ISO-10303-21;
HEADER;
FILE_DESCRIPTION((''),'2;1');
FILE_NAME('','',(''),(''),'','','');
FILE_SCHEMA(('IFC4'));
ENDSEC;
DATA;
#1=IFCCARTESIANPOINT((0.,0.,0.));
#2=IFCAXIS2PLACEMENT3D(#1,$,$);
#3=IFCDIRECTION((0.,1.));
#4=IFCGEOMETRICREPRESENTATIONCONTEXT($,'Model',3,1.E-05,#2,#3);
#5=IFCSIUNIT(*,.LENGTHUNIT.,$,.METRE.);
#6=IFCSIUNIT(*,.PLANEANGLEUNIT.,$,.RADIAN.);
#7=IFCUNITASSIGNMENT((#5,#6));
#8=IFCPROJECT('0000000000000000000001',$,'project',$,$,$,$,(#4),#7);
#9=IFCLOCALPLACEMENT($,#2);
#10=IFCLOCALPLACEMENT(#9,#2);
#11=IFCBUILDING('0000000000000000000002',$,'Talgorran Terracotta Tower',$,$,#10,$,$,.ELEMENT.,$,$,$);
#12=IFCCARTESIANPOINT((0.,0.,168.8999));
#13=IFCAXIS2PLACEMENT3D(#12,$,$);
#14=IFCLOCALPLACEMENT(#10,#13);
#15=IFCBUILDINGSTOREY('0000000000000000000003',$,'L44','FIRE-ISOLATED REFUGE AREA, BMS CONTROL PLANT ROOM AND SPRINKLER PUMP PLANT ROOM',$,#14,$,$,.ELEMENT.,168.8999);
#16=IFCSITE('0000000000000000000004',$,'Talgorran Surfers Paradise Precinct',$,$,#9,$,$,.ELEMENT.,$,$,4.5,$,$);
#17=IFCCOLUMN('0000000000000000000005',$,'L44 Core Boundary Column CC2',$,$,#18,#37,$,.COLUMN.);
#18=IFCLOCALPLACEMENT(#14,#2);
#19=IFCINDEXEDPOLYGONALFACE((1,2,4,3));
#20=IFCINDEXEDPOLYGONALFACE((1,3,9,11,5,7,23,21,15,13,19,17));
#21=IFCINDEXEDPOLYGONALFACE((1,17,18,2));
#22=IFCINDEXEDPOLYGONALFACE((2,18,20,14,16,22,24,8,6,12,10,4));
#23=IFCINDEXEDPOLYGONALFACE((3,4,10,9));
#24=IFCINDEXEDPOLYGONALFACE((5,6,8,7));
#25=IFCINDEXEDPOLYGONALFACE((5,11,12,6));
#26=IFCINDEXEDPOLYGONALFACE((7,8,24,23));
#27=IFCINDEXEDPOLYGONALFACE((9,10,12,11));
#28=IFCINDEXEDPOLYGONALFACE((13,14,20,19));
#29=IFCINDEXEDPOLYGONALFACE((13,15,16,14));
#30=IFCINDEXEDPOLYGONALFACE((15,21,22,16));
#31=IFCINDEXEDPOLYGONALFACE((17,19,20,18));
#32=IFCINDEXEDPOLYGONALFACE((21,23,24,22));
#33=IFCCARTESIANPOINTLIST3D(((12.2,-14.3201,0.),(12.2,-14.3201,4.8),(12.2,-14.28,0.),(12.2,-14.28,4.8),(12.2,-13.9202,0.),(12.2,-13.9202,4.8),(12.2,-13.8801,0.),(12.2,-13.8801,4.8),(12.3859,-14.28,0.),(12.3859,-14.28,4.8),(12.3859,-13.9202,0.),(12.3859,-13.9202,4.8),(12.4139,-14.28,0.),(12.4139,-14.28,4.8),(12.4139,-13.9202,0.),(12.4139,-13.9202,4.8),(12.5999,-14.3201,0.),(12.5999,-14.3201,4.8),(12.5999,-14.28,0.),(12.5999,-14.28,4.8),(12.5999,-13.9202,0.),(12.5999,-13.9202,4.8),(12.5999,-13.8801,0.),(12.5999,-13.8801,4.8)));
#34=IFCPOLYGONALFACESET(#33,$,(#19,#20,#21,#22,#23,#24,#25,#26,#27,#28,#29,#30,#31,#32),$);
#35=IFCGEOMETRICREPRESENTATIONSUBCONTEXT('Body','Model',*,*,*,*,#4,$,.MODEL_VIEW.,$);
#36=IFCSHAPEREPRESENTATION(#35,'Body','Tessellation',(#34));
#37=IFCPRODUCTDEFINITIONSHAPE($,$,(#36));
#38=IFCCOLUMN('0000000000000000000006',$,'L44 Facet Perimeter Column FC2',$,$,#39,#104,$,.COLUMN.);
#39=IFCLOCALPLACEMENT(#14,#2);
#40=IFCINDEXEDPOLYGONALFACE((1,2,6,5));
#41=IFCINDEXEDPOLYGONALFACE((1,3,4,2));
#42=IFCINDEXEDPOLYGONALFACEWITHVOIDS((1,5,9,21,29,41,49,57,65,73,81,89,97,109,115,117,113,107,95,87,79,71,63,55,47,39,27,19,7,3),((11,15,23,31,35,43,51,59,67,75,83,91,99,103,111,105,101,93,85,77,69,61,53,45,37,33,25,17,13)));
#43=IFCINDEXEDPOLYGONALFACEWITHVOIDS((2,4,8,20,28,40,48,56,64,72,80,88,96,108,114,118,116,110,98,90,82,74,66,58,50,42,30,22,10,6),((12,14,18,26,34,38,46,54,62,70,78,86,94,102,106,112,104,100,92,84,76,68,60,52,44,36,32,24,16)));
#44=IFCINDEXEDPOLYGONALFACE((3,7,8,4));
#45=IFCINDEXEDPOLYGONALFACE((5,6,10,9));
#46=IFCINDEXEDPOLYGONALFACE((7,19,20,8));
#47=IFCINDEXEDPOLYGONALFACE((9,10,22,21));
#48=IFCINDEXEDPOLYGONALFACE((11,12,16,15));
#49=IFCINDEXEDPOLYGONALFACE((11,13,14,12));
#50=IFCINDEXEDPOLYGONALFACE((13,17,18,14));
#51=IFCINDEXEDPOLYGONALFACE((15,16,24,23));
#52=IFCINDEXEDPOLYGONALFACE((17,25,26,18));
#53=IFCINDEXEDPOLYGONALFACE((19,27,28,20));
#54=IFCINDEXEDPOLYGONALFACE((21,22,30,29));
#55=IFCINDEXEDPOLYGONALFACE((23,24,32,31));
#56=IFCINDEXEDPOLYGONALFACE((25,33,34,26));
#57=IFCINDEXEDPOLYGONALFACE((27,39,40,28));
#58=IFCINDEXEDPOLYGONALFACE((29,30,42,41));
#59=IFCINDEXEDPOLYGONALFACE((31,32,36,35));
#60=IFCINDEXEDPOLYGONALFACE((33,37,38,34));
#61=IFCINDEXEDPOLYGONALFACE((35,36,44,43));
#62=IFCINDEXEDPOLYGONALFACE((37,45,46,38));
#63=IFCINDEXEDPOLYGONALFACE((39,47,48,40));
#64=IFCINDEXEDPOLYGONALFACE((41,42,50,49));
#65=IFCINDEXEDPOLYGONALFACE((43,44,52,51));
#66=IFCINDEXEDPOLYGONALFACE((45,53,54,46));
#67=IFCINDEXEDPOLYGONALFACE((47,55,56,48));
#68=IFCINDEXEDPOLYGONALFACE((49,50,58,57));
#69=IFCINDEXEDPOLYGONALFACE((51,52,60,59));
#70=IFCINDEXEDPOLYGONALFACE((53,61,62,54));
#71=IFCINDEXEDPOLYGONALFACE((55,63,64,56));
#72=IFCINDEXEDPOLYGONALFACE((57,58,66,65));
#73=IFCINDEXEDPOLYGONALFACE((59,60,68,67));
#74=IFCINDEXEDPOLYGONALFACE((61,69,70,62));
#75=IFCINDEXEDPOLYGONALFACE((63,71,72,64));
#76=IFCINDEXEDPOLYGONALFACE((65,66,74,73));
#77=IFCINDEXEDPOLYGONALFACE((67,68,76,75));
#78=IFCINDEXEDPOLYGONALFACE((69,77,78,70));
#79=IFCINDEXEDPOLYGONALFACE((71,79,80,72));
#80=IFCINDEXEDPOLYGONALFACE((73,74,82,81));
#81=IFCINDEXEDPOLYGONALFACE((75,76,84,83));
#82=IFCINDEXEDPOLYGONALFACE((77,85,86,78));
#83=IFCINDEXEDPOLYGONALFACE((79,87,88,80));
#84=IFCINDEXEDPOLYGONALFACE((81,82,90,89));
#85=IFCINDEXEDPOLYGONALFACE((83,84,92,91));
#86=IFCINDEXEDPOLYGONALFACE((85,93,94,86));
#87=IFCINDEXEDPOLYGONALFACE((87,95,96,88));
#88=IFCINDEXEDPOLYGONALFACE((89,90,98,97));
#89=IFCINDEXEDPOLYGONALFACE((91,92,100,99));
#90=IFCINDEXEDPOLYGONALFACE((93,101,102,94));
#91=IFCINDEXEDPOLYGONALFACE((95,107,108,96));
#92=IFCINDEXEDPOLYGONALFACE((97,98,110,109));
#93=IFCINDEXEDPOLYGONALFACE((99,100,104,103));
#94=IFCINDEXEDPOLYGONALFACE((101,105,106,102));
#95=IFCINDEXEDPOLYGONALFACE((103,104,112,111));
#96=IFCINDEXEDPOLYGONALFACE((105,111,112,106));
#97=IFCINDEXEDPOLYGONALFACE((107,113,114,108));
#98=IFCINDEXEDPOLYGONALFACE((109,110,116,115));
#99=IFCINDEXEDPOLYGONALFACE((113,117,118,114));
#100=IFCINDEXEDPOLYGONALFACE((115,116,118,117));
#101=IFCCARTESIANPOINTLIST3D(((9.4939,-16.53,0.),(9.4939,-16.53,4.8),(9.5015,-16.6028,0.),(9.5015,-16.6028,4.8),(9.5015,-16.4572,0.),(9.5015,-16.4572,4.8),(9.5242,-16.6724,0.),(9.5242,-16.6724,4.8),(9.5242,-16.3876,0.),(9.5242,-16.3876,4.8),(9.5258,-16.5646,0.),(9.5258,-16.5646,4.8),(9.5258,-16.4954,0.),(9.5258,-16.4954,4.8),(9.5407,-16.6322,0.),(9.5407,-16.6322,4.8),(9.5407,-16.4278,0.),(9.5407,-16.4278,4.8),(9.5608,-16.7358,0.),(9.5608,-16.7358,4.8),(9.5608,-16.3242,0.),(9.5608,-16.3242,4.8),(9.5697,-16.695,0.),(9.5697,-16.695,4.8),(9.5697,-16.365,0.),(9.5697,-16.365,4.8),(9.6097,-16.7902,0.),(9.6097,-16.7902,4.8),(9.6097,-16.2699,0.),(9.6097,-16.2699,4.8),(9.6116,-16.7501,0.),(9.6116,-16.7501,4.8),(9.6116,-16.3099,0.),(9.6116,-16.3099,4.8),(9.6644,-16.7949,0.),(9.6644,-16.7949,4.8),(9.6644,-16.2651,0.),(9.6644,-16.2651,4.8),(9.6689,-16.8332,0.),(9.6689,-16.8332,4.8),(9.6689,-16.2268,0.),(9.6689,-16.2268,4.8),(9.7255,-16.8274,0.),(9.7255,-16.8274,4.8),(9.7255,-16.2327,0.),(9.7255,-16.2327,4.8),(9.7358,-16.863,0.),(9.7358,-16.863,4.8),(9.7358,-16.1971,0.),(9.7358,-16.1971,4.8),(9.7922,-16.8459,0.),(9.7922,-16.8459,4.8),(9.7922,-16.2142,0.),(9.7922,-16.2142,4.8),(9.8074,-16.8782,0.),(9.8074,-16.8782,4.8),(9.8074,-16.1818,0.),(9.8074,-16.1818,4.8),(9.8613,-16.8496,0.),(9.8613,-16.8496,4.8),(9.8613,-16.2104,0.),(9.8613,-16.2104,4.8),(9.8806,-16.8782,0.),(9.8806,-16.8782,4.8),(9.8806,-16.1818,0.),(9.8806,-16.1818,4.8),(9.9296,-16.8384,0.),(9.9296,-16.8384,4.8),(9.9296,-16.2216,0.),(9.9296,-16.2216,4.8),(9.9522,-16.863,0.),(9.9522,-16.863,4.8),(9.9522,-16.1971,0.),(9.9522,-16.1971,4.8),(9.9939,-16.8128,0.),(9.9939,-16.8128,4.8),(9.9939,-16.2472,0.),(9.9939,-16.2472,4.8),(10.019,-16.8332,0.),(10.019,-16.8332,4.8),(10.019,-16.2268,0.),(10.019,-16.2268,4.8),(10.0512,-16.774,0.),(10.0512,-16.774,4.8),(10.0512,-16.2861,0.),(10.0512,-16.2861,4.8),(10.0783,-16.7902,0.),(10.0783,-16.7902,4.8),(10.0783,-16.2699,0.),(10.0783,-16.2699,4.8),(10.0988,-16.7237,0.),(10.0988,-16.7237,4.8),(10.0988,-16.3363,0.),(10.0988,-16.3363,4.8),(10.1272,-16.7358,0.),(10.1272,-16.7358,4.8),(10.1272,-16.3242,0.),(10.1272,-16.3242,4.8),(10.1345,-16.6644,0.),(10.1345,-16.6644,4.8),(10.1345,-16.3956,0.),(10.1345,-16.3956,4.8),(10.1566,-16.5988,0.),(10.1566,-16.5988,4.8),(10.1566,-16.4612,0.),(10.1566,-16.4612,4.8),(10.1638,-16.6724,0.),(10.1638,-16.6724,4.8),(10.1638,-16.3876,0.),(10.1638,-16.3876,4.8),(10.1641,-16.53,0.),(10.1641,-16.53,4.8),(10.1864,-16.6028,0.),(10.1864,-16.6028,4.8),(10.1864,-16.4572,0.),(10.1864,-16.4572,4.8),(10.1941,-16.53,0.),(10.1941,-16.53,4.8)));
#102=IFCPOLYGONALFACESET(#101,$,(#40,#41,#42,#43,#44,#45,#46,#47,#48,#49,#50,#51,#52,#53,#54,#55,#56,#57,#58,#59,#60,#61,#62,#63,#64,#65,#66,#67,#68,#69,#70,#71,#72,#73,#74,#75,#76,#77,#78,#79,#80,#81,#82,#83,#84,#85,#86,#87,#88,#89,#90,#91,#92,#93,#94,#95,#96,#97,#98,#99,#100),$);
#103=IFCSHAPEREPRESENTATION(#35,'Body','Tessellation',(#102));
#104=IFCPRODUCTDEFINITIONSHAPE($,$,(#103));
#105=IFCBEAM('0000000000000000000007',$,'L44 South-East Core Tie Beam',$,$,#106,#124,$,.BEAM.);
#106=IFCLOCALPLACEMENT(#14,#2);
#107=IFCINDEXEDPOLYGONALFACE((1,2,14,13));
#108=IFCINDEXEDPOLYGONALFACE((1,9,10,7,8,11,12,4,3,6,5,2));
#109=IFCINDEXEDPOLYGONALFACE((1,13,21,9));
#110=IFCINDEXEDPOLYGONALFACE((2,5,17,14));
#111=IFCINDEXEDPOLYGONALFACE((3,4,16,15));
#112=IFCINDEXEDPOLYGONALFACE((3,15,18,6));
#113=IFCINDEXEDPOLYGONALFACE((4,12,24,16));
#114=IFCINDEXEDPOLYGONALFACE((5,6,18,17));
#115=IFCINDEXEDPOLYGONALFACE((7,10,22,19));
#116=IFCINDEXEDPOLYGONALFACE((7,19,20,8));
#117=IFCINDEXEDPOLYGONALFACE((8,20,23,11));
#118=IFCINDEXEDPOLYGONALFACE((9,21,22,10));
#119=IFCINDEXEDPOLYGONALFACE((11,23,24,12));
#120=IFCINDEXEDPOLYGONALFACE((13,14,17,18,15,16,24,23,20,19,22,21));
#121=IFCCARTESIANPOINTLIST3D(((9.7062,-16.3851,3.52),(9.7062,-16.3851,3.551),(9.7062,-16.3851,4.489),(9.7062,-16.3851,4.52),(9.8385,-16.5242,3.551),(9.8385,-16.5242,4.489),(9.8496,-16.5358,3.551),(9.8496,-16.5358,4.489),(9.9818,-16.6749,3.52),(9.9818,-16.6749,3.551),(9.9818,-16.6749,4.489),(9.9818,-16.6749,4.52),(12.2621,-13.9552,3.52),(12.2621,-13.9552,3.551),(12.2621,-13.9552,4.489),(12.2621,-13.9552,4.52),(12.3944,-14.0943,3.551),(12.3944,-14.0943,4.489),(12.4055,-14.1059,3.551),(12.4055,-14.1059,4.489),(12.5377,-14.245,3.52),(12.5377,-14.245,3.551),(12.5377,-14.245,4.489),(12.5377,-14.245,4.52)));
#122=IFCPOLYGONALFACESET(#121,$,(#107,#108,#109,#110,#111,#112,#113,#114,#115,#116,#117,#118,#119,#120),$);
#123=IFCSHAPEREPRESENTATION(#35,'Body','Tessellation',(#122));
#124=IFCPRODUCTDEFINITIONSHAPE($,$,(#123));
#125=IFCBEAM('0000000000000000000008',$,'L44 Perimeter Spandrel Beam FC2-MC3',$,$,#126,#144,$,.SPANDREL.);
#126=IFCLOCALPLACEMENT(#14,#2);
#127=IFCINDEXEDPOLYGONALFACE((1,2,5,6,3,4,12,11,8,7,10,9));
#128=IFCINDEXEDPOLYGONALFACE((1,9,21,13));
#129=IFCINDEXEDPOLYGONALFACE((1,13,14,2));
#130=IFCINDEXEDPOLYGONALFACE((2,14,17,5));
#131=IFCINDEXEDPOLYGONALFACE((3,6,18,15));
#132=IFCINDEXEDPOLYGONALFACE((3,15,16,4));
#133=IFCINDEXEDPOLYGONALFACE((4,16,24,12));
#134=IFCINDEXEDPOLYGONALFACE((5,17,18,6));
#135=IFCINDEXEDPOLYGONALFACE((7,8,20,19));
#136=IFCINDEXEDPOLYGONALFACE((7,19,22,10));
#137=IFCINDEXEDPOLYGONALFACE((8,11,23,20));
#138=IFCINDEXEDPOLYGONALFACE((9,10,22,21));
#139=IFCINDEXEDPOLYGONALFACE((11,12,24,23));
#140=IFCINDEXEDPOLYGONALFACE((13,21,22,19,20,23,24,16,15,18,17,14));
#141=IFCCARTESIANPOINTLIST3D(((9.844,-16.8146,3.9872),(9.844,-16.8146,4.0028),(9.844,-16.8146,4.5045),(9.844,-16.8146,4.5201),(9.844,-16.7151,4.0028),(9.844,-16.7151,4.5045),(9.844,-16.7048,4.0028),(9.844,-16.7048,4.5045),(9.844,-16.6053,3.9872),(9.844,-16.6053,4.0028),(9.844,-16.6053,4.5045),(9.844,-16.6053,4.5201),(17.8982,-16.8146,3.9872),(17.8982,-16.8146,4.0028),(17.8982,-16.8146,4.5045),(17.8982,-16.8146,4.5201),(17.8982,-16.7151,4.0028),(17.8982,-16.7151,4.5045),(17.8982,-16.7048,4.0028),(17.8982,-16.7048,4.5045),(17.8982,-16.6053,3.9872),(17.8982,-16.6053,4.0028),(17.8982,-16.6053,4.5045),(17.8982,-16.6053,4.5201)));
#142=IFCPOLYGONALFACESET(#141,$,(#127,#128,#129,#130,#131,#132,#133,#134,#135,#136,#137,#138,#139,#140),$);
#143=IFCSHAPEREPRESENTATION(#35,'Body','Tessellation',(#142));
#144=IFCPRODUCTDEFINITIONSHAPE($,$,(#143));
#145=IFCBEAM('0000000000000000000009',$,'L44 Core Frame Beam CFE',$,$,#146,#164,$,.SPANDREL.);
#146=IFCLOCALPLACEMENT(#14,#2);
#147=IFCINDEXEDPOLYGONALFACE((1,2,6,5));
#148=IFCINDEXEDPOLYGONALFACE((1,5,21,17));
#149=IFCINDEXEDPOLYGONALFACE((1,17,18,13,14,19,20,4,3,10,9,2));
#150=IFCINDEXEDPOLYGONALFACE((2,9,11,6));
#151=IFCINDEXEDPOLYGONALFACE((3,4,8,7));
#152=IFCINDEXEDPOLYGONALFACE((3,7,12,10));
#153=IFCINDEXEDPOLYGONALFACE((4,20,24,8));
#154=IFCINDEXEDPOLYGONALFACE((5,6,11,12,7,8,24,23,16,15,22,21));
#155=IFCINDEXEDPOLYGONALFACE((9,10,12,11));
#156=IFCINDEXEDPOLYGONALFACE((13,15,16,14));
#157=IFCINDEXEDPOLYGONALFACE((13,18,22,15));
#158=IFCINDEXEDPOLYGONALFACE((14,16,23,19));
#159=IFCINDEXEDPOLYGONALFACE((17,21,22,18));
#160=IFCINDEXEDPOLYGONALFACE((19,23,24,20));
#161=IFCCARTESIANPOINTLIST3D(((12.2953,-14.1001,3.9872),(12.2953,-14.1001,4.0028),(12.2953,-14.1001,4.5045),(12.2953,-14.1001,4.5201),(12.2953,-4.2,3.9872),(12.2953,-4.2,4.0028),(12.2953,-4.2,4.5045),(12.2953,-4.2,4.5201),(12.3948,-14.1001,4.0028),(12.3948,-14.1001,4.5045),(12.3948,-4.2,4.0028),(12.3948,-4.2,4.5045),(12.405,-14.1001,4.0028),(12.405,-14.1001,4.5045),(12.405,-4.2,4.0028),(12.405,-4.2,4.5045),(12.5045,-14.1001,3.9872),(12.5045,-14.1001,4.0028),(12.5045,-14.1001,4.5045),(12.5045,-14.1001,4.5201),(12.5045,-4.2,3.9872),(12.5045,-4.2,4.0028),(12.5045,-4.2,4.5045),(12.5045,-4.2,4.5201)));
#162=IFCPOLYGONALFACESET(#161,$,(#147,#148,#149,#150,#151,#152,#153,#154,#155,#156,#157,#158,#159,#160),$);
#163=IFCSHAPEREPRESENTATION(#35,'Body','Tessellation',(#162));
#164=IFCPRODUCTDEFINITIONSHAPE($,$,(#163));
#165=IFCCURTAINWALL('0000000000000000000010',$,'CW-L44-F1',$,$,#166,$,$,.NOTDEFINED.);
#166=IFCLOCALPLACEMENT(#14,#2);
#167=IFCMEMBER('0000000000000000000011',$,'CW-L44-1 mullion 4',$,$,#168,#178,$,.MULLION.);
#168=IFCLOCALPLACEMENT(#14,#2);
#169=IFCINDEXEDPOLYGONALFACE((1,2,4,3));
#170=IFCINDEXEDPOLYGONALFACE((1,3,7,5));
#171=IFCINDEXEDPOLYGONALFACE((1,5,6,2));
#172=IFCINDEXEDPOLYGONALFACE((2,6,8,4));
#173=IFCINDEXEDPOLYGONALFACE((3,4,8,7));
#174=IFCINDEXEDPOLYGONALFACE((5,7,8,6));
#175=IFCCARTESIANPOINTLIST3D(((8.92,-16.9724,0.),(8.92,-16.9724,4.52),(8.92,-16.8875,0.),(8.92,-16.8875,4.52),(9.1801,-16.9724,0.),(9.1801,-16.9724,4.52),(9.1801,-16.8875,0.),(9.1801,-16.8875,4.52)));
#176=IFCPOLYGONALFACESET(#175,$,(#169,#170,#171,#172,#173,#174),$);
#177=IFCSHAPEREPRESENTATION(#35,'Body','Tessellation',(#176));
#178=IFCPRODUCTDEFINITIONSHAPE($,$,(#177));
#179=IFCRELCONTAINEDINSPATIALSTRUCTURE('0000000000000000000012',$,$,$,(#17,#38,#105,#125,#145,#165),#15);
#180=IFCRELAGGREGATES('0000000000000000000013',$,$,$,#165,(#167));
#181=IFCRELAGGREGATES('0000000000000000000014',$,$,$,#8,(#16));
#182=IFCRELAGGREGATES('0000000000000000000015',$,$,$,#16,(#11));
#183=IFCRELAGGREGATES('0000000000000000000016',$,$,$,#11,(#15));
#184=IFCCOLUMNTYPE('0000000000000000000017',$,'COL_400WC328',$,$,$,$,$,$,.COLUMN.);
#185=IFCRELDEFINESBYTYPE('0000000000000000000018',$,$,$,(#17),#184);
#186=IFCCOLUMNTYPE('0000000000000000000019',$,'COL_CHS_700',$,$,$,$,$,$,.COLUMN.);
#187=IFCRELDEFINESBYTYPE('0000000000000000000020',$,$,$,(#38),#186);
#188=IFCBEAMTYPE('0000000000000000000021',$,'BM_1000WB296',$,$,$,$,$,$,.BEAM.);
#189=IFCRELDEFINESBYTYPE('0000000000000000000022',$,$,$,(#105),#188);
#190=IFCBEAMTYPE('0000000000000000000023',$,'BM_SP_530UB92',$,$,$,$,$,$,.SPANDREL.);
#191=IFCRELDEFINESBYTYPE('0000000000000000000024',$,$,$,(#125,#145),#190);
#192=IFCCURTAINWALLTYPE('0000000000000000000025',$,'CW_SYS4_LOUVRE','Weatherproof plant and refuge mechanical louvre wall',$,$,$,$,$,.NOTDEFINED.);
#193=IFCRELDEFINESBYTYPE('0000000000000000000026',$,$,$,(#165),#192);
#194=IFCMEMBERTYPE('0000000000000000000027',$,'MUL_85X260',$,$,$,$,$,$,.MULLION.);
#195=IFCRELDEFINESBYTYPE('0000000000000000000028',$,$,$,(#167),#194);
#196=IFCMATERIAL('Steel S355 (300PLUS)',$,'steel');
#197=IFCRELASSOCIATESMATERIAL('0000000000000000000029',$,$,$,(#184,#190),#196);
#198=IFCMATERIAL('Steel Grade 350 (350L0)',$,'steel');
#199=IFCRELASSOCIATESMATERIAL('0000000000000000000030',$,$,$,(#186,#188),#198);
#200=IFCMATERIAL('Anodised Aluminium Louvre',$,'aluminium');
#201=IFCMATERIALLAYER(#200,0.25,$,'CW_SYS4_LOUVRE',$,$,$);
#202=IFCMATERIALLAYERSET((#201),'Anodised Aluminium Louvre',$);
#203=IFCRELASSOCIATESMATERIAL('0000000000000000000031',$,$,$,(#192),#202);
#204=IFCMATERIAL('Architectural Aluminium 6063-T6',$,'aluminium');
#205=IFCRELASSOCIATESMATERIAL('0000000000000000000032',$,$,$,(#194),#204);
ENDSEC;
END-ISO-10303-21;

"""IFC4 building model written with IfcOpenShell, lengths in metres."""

from ifc_helpers import new_model, si_unit, direction, frame, origin, origin_2d, place, context, subcontext, project, spatial, rectangle, hollow_circle, i_section, extrude, material, layer, layer_set, material_profile, profile_set, type_object, element, aggregate, save


model = new_model("IFC4")

# Units and contexts
model_context = context("Model", 3, precision=1e-05, world=origin(), true_north=direction((0.0, 1.0)))
body_context = subcontext(model_context, "Body", "Model", "MODEL_VIEW")
ifc_project = project(units=[si_unit("LENGTHUNIT", "METRE"), si_unit("PLANEANGLEUNIT", "RADIAN")], contexts=[model_context])

# Site, building, storey
site_placement = place(None, origin())
site = spatial("IfcSite", under=ifc_project, at=site_placement, Name="Talgorran Surfers Paradise Precinct", CompositionType="ELEMENT", RefElevation=4.5)
building_placement = place(site_placement, origin())
building = spatial("IfcBuilding", under=site, at=building_placement, Name="Talgorran Terracotta Tower", CompositionType="ELEMENT")
storey_placement = place(building_placement, frame((0.0, 0.0, 168.8999)))
storey = spatial("IfcBuildingStorey", under=building, at=storey_placement, Name="L44", Description="FIRE-ISOLATED REFUGE AREA, BMS CONTROL PLANT ROOM AND SPRINKLER PUMP PLANT ROOM", CompositionType="ELEMENT", Elevation=168.8999)

# Columns
ifc_material_1 = material(Name="Steel S355 (300PLUS)", Category="steel")
ifc_material_profile_1 = material_profile(ifc_material_1, i_section(OverallWidth=0.3999, OverallDepth=0.4399, WebThickness=0.0281, FlangeThickness=0.04, at=origin_2d()), Name="400WC328")
ifc_profile_set_1 = profile_set([ifc_material_profile_1], Name="Steel S355 (300PLUS)")
column_type_1 = type_object("IfcColumnType", Name="COL_400WC328", PredefinedType="COLUMN", material=ifc_profile_set_1)
column_1_placement = place(storey_placement, frame((12.3999, -14.1001, 0.0), z_axis=(0.0, 0.0, 1.0), x_axis=(1.0, 0.0, 0.0)))
element("IfcColumn", 1, at=column_1_placement, inside=storey, type_object=column_type_1, Name="L44 Core Boundary Column CC2", PredefinedType="COLUMN", context=body_context, shape_type="SweptSolid", body=[
    extrude(i_section(OverallWidth=0.3999, OverallDepth=0.4399, WebThickness=0.0281, FlangeThickness=0.04, at=origin_2d()), origin(), (0.0, 0.0, 1.0), 4.8),
])
ifc_material_2 = material(Name="Steel Grade 350 (350L0)", Category="steel")
ifc_material_profile_2 = material_profile(ifc_material_2, hollow_circle(Radius=0.3501, WallThickness=0.03, at=origin_2d()), Name="CHS700X30")
ifc_profile_set_2 = profile_set([ifc_material_profile_2], Name="Steel Grade 350 (350L0)")
column_type_2 = type_object("IfcColumnType", Name="COL_CHS_700", PredefinedType="COLUMN", material=ifc_profile_set_2)
column_2_placement = place(storey_placement, frame((9.844, -16.53, 0.0), z_axis=(0.0, 0.0, 1.0), x_axis=(1.0, 0.0, 0.0)))
element("IfcColumn", 2, at=column_2_placement, inside=storey, type_object=column_type_2, Name="L44 Facet Perimeter Column FC2", PredefinedType="COLUMN", context=body_context, shape_type="SweptSolid", body=[
    extrude(hollow_circle(Radius=0.3501, WallThickness=0.03, at=origin_2d()), origin(), (0.0, 0.0, 1.0), 4.8),
])

# Beams
ifc_material_profile_3 = material_profile(ifc_material_2, i_section(OverallWidth=0.3999, OverallDepth=1.0, WebThickness=0.0161, FlangeThickness=0.031, at=origin_2d()), Name="1000WB296")
ifc_profile_set_3 = profile_set([ifc_material_profile_3], Name="Steel Grade 350 (350L0)")
beam_type_1 = type_object("IfcBeamType", Name="BM_1000WB296", PredefinedType="BEAM", material=ifc_profile_set_3)
beam_1_placement = place(storey_placement, frame((12.3999, -14.1001, 4.02), z_axis=(-0.724742, -0.689021, 0.0), x_axis=(0.689021, -0.724742, 0.0)))
element("IfcBeam", 3, at=beam_1_placement, inside=storey, type_object=beam_type_1, Name="L44 South-East Core Tie Beam", PredefinedType="BEAM", context=body_context, shape_type="SweptSolid", body=[
    extrude(i_section(OverallWidth=0.3999, OverallDepth=1.0, WebThickness=0.0161, FlangeThickness=0.031, at=origin_2d()), origin(), (0.0, 0.0, 1.0), 3.5266),
])
ifc_material_profile_4 = material_profile(ifc_material_1, i_section(OverallWidth=0.2092, OverallDepth=0.533, WebThickness=0.0103, FlangeThickness=0.0156, at=origin_2d()), Name="530UB92.4")
ifc_profile_set_4 = profile_set([ifc_material_profile_4], Name="Steel S355 (300PLUS)")
beam_type_2 = type_object("IfcBeamType", Name="BM_SP_530UB92", PredefinedType="SPANDREL", material=ifc_profile_set_4)
beam_2_placement = place(storey_placement, frame((9.844, -16.71, 4.2537), z_axis=(1.0, 0.0, 0.0), x_axis=(0.0, 1.0, 0.0)))
element("IfcBeam", 4, at=beam_2_placement, inside=storey, type_object=beam_type_2, Name="L44 Perimeter Spandrel Beam FC2-MC3", PredefinedType="SPANDREL", context=body_context, shape_type="SweptSolid", body=[
    extrude(i_section(OverallWidth=0.2092, OverallDepth=0.533, WebThickness=0.0103, FlangeThickness=0.0156, at=origin_2d()), origin(), (0.0, 0.0, 1.0), 8.0542),
])
beam_3_placement = place(storey_placement, frame((12.3999, -14.1001, 4.2537), z_axis=(0.0, 1.0, 0.0), x_axis=(-1.0, 0.0, 0.0)))
element("IfcBeam", 5, at=beam_3_placement, inside=storey, type_object=beam_type_2, Name="L44 Core Frame Beam CFE", PredefinedType="SPANDREL", context=body_context, shape_type="SweptSolid", body=[
    extrude(i_section(OverallWidth=0.2092, OverallDepth=0.533, WebThickness=0.0103, FlangeThickness=0.0156, at=origin_2d()), origin(), (0.0, 0.0, 1.0), 9.9001),
])

# Curtain wall, member
ifc_material_3 = material(Name="Anodised Aluminium Louvre", Category="aluminium")
ifc_layer_1 = layer(ifc_material_3, 0.25, Name="CW_SYS4_LOUVRE")
ifc_layer_set_1 = layer_set([ifc_layer_1], Name="Anodised Aluminium Louvre")
curtain_wall_type = type_object("IfcCurtainWallType", Name="CW_SYS4_LOUVRE", Description="Weatherproof plant and refuge mechanical louvre wall", PredefinedType="NOTDEFINED", material=ifc_layer_set_1)
curtain_wall_placement = place(storey_placement, origin())
curtain_wall = element("IfcCurtainWall", 6, at=curtain_wall_placement, inside=storey, type_object=curtain_wall_type, Name="CW-L44-F1", PredefinedType="NOTDEFINED")
ifc_material_4 = material(Name="Architectural Aluminium 6063-T6", Category="aluminium")
ifc_material_profile_5 = material_profile(ifc_material_4, rectangle(XDim=0.085, YDim=0.26, at=origin_2d()), Name="CWM85X260")
ifc_profile_set_5 = profile_set([ifc_material_profile_5], Name="Architectural Aluminium 6063-T6")
member_type_1 = type_object("IfcMemberType", Name="MUL_85X260", PredefinedType="MULLION", material=ifc_profile_set_5)
member_1_placement = place(storey_placement, frame((9.05, -16.9299, 0.0), z_axis=(0.0, 0.0, 1.0), x_axis=(0.0, 1.0, 0.0)))
member_1 = element("IfcMember", 7, at=member_1_placement, type_object=member_type_1, Name="CW-L44-1 mullion 4", PredefinedType="MULLION", context=body_context, shape_type="SweptSolid", body=[
    extrude(rectangle(XDim=0.085, YDim=0.26, at=origin_2d()), origin(), (0.0, 0.0, 1.0), 4.52),
])
aggregate(curtain_wall, [member_1])

save(model, "model.ifc")
